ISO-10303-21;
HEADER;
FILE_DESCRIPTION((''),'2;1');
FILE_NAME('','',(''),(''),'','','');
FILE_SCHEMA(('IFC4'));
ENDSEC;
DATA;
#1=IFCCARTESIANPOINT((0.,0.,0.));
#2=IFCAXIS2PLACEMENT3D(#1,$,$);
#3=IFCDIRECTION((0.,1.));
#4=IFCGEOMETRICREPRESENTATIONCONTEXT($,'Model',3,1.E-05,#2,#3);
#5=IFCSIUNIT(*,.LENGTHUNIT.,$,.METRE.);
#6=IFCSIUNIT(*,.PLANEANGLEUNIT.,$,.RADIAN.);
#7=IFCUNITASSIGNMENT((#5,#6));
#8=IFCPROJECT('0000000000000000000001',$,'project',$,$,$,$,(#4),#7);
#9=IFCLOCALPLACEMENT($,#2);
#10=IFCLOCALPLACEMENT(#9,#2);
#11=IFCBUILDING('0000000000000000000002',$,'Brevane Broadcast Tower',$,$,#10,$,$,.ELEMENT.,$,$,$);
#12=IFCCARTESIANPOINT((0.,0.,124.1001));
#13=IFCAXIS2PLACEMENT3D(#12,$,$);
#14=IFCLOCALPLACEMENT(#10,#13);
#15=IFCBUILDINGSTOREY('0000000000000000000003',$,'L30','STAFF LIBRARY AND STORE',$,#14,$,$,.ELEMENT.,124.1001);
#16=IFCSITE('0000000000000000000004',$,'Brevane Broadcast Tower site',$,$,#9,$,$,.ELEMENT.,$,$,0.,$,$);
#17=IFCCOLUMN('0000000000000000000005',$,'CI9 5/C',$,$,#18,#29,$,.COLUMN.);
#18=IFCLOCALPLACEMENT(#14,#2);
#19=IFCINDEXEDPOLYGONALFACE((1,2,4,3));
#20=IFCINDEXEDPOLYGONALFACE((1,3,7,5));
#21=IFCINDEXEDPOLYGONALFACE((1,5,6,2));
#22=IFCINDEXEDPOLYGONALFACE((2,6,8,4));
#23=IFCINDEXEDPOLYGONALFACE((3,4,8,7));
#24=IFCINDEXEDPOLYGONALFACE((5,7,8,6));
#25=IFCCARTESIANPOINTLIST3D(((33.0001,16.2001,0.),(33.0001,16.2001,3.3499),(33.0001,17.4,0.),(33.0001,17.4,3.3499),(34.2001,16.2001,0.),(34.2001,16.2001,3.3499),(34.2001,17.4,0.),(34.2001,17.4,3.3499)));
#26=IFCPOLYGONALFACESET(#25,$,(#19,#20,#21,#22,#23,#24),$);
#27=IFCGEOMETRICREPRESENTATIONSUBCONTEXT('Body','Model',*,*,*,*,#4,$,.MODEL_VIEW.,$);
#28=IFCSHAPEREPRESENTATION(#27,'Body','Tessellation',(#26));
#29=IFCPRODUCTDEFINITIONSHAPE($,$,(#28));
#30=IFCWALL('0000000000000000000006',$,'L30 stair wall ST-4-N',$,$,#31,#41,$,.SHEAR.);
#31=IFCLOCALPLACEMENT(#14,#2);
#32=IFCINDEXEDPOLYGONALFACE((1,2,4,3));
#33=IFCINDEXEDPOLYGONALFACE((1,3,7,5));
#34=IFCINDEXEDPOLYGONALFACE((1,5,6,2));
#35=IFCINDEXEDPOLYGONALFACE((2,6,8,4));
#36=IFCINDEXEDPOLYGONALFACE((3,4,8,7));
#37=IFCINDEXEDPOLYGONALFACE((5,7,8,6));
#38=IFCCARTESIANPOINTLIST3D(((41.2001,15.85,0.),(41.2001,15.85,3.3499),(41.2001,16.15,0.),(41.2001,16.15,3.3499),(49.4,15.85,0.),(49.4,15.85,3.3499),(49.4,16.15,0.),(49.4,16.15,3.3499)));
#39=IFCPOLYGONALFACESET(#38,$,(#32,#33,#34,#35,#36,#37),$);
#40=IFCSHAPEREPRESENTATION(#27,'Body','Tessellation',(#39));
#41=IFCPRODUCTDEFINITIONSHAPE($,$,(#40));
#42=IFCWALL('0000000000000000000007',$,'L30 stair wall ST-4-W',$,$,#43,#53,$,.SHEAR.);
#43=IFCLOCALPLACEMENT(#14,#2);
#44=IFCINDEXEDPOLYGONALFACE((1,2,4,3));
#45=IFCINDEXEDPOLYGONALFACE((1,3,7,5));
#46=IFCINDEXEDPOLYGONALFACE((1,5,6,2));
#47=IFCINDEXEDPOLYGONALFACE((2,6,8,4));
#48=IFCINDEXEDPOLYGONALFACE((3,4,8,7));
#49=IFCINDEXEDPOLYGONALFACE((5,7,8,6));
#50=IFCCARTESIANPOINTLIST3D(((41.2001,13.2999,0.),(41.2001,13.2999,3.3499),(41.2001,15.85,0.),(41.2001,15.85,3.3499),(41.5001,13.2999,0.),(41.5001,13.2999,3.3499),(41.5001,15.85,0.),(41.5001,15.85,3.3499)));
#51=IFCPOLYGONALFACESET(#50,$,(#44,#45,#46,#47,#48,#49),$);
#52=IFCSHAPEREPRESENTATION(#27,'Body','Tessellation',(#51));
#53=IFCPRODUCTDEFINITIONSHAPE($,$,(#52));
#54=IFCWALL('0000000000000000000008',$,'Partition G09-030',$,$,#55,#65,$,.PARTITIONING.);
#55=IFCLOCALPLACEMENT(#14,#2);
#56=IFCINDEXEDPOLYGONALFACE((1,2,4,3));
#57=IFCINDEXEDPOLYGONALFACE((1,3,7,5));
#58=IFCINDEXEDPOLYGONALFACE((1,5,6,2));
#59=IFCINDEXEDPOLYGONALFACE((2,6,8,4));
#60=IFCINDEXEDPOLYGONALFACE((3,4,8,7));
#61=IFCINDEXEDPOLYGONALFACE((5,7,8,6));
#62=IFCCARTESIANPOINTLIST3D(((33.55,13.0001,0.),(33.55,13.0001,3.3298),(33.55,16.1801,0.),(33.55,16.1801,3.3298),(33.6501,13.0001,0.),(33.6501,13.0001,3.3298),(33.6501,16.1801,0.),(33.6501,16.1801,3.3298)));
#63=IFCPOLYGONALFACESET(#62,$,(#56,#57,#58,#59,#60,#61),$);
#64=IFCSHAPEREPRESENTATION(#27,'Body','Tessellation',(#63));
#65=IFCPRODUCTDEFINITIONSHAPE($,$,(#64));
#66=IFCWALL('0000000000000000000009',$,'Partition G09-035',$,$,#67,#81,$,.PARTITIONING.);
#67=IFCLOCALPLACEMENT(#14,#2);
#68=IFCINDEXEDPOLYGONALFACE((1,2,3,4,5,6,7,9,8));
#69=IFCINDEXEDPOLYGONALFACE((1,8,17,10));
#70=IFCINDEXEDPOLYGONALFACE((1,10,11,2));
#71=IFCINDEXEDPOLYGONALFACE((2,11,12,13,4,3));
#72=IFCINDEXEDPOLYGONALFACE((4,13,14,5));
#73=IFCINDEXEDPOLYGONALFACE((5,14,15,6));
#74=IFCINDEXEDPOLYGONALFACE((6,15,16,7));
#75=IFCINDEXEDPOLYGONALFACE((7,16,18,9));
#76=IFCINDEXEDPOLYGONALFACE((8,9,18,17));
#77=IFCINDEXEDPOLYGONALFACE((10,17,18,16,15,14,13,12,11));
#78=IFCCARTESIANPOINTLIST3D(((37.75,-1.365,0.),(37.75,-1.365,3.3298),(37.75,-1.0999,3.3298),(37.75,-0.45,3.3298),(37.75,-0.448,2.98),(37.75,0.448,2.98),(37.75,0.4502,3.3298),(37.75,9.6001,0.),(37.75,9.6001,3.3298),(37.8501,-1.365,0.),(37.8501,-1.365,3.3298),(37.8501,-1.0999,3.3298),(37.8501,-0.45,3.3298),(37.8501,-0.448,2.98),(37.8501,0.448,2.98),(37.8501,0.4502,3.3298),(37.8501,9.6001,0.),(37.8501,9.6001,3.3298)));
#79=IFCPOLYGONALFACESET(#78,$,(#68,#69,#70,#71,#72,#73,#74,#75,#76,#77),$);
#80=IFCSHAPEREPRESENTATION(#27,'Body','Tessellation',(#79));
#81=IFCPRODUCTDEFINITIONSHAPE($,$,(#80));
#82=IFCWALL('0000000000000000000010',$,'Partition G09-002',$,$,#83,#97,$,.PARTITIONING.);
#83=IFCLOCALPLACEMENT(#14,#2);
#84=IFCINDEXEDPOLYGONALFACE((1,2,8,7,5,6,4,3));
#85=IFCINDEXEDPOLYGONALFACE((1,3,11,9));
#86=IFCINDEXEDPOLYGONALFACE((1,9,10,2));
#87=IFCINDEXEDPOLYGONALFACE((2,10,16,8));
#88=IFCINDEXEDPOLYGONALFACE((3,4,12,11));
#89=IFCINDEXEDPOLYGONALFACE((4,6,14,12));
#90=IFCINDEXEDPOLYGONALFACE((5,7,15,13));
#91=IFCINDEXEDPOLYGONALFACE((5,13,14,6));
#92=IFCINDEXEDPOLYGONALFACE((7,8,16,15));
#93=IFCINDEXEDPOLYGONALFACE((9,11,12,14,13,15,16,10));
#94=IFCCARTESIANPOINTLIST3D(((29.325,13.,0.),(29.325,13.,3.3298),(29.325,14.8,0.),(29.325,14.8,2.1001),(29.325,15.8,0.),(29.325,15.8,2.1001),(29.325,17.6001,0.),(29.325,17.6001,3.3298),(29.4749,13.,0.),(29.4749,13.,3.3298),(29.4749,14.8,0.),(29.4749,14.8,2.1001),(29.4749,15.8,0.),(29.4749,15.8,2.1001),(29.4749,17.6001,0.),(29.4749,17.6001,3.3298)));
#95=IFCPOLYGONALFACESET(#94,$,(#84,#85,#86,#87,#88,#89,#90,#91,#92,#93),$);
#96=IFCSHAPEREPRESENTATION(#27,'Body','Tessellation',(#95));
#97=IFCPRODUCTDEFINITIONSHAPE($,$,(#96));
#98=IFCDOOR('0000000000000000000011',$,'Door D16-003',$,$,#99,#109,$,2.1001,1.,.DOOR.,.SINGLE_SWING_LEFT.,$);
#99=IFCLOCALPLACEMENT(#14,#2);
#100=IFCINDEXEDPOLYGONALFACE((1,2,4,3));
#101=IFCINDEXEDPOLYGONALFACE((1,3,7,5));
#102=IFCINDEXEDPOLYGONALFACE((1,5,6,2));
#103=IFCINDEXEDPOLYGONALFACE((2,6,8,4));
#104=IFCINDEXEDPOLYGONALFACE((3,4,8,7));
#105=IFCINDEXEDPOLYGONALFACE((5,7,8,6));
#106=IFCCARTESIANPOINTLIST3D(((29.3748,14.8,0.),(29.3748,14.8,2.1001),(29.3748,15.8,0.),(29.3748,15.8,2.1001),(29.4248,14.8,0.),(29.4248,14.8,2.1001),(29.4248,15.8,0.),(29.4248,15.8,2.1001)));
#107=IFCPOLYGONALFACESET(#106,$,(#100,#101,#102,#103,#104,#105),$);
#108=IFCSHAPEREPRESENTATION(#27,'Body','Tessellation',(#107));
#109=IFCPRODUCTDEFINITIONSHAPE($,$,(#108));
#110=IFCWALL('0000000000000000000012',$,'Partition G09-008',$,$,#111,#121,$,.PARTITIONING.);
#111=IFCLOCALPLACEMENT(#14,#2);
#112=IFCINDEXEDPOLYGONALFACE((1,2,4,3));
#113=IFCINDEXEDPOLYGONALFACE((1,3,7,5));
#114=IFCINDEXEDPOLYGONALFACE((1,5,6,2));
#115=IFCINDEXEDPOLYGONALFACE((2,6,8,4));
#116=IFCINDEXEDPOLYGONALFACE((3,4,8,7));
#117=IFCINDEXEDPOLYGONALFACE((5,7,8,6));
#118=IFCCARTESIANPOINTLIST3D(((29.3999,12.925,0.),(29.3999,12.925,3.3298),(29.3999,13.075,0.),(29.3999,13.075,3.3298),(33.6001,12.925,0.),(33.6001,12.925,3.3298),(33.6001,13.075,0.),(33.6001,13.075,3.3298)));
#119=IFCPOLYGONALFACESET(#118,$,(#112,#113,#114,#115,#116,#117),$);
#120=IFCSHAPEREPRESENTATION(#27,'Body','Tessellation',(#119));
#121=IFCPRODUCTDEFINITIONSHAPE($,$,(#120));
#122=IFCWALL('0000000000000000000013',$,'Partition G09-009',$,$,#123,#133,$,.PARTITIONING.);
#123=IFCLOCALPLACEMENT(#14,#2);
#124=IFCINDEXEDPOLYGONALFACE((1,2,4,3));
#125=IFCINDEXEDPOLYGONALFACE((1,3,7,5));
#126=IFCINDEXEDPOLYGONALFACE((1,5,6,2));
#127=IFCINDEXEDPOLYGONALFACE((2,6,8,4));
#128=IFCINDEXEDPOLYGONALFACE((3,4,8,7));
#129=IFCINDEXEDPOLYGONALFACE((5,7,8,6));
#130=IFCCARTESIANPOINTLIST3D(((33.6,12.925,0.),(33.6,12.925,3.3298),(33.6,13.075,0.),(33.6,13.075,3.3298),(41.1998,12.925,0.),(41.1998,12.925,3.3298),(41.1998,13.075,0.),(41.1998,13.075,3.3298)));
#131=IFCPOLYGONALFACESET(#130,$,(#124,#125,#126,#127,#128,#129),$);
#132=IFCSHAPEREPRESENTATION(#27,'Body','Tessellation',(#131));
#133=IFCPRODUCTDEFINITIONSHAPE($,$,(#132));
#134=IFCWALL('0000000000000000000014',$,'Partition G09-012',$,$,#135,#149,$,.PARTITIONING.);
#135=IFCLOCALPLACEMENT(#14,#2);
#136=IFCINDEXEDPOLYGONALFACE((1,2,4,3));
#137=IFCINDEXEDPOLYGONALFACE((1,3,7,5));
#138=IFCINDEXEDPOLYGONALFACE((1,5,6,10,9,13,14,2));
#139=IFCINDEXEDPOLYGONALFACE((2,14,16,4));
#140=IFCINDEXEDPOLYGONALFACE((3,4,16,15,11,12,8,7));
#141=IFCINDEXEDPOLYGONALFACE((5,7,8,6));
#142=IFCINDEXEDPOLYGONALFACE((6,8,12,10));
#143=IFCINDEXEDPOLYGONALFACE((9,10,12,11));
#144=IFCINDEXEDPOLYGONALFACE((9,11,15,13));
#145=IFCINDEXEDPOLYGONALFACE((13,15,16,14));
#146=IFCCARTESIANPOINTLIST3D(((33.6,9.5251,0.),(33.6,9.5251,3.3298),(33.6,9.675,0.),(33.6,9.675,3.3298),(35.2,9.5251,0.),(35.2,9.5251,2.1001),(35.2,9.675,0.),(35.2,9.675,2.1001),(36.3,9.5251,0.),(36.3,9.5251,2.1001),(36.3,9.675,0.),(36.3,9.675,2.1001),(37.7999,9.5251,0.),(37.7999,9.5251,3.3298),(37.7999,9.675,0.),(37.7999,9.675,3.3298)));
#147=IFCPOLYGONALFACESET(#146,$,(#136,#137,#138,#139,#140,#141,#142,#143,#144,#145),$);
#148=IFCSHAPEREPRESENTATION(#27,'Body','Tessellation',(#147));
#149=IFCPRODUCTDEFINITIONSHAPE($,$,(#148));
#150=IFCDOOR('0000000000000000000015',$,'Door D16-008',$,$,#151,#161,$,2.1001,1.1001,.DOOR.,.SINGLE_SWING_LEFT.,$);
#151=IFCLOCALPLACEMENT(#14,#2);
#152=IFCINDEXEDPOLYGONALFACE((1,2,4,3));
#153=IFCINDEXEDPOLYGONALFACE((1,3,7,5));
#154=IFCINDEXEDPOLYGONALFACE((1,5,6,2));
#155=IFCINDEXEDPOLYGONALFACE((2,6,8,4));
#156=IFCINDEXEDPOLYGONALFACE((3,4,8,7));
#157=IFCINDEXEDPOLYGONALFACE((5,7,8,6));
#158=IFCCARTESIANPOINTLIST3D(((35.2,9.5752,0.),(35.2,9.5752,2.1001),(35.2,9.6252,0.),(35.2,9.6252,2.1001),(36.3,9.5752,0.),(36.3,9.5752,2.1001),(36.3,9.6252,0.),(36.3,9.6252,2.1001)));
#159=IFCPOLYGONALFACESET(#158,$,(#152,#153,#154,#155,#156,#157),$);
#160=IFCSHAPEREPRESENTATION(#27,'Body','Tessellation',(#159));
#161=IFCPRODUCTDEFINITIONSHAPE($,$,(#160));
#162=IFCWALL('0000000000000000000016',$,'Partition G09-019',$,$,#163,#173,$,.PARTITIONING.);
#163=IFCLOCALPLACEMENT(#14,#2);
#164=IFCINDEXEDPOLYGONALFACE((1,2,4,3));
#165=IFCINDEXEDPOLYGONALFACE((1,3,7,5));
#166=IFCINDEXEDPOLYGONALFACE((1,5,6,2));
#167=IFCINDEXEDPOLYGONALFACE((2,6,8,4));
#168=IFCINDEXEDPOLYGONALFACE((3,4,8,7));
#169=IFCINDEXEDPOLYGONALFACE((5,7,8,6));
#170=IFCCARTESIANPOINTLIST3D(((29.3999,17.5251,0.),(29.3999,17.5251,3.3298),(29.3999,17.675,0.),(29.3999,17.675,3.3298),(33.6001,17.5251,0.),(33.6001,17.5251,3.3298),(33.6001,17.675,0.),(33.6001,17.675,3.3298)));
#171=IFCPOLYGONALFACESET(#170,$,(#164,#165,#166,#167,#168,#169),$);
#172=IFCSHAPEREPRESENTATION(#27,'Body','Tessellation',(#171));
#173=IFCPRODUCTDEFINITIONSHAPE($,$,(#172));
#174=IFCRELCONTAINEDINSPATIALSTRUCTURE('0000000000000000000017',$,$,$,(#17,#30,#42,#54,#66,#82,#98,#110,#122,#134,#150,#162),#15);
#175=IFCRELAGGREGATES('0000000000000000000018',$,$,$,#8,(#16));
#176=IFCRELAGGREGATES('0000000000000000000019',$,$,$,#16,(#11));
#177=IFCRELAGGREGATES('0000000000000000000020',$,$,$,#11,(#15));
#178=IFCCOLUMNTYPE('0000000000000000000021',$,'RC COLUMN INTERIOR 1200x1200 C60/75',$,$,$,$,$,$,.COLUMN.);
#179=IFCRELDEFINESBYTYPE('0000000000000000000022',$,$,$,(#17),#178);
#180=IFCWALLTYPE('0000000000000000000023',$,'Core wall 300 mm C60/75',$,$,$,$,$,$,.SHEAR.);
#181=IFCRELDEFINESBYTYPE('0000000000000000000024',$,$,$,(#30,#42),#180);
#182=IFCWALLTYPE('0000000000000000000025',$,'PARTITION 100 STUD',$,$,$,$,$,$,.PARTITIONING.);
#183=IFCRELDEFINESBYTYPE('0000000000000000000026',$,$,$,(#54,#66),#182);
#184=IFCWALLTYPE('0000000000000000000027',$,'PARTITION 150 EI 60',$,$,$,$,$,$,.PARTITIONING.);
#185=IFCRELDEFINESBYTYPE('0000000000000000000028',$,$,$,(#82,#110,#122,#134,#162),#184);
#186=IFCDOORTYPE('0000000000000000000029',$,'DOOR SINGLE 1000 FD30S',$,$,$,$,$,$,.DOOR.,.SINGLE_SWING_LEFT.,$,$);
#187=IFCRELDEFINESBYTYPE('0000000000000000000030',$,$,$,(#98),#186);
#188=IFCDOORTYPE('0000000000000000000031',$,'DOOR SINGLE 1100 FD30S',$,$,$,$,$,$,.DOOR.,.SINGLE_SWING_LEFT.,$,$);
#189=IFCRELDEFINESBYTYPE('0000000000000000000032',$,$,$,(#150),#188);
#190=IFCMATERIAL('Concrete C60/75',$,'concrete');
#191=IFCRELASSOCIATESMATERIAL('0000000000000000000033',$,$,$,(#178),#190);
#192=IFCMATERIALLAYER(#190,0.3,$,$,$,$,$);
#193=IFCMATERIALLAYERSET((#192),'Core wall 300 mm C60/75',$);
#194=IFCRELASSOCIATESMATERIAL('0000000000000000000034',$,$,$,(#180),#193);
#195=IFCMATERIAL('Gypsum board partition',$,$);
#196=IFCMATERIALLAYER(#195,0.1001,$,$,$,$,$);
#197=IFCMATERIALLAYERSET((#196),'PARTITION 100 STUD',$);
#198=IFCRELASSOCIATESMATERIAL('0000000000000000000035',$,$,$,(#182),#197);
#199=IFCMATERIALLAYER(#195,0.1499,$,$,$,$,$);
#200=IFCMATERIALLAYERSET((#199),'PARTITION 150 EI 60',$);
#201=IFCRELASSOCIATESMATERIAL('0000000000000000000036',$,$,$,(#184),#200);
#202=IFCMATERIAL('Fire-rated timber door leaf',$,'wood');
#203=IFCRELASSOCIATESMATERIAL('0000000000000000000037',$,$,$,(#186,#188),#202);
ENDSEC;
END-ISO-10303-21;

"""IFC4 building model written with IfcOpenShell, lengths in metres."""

from ifc_helpers import new_model, si_unit, direction, frame, frame_2d, origin, origin_2d, place, context, subcontext, project, spatial, polyline, rectangle, outline, extrude, material, layer, layer_set, material_profile, profile_set, type_object, element, fill, save


model = new_model("IFC4")

# Units and contexts
model_context = context("Model", 3, precision=1e-05, world=origin(), true_north=direction((0.0, 1.0)))
body_context = subcontext(model_context, "Body", "Model", "MODEL_VIEW")
ifc_project = project(units=[si_unit("LENGTHUNIT", "METRE"), si_unit("PLANEANGLEUNIT", "RADIAN")], contexts=[model_context])

# Site, building, storey
site_placement = place(None, origin())
site = spatial("IfcSite", under=ifc_project, at=site_placement, Name="Brevane Broadcast Tower site", CompositionType="ELEMENT", RefElevation=0.0)
building_placement = place(site_placement, origin())
building = spatial("IfcBuilding", under=site, at=building_placement, Name="Brevane Broadcast Tower", CompositionType="ELEMENT")
storey_placement = place(building_placement, frame((0.0, 0.0, 124.1001)))
storey = spatial("IfcBuildingStorey", under=building, at=storey_placement, Name="L30", Description="STAFF LIBRARY AND STORE", CompositionType="ELEMENT", Elevation=124.1001)

# Column
ifc_material_1 = material(Name="Concrete C60/75", Category="concrete")
ifc_material_profile = material_profile(ifc_material_1, rectangle(XDim=1.2, YDim=1.2, at=origin_2d()), Name="RC 1200x1200")
ifc_profile_set = profile_set([ifc_material_profile], Name="Concrete C60/75")
column_type = type_object("IfcColumnType", Name="RC COLUMN INTERIOR 1200x1200 C60/75", PredefinedType="COLUMN", material=ifc_profile_set)
column_placement = place(storey_placement, frame((33.6001, 16.8, 0.0), z_axis=(0.0, 0.0, 1.0), x_axis=(1.0, 0.0, 0.0)))
element("IfcColumn", 1, at=column_placement, inside=storey, type_object=column_type, Name="CI9 5/C", PredefinedType="COLUMN", context=body_context, shape_type="SweptSolid", body=[
    extrude(rectangle(XDim=1.2, YDim=1.2, at=origin_2d()), origin(), (0.0, 0.0, 1.0), 3.3499),
])

# Walls
ifc_layer_1 = layer(ifc_material_1, 0.3)
ifc_layer_set_1 = layer_set([ifc_layer_1], Name="Core wall 300 mm C60/75")
wall_type_1 = type_object("IfcWallType", Name="Core wall 300 mm C60/75", PredefinedType="SHEAR", material=ifc_layer_set_1)
wall_1_placement = place(storey_placement, frame((41.2, 16.0, 0.0), z_axis=(0.0, 0.0, 1.0), x_axis=(1.0, 0.0, 0.0)))
element("IfcWall", 2, at=wall_1_placement, inside=storey, type_object=wall_type_1, Name="L30 stair wall ST-4-N", PredefinedType="SHEAR", context=body_context, shape_type="SweptSolid", body=[
    extrude(rectangle(XDim=8.2, YDim=0.3, at=frame_2d((4.1001, 0.0))), origin(), (0.0, 0.0, 1.0), 3.3499),
])
wall_2_placement = place(storey_placement, frame((41.3501, 13.3, 0.0), z_axis=(0.0, 0.0, 1.0), x_axis=(0.0, 1.0, 0.0)))
element("IfcWall", 3, at=wall_2_placement, inside=storey, type_object=wall_type_1, Name="L30 stair wall ST-4-W", PredefinedType="SHEAR", context=body_context, shape_type="SweptSolid", body=[
    extrude(rectangle(XDim=2.55, YDim=0.3, at=frame_2d((1.2749, 0.0))), origin(), (0.0, 0.0, 1.0), 3.3499),
])
ifc_material_2 = material(Name="Gypsum board partition")
ifc_layer_2 = layer(ifc_material_2, 0.1001)
ifc_layer_set_2 = layer_set([ifc_layer_2], Name="PARTITION 100 STUD")
wall_type_2 = type_object("IfcWallType", Name="PARTITION 100 STUD", PredefinedType="PARTITIONING", material=ifc_layer_set_2)
wall_3_placement = place(storey_placement, frame((33.6001, 16.1799, 0.0), z_axis=(0.0, 0.0, 1.0), x_axis=(0.0, -1.0, 0.0)))
element("IfcWall", 4, at=wall_3_placement, inside=storey, type_object=wall_type_2, Name="Partition G09-030", PredefinedType="PARTITIONING", context=body_context, shape_type="SweptSolid", body=[
    extrude(rectangle(XDim=3.1799, YDim=0.1001, at=frame_2d((1.5898, 0.0))), origin(), (0.0, 0.0, 1.0), 3.3298),
])
wall_4_placement = place(storey_placement, frame((37.8, 9.6001, 0.0), z_axis=(0.0, 0.0, 1.0), x_axis=(0.0, -1.0, 0.0)))
element("IfcWall", 5, at=wall_4_placement, inside=storey, type_object=wall_type_2, Name="Partition G09-035", PredefinedType="PARTITIONING", context=body_context, shape_type="SweptSolid", body=[
    extrude(outline(polyline([(0.0, 0.0), (10.9651, 0.0), (10.9651, 3.3298), (10.7, 3.3298), (10.05, 3.3298), (10.0481, 2.98), (9.1521, 2.98), (9.1499, 3.3298), (0.0, 3.3298), (0.0, 0.0)])), frame((0.0, 0.05, 0.0), z_axis=(0.0, -1.0, 0.0), x_axis=(1.0, 0.0, 0.0)), (0.0, 0.0, 1.0), 0.1001),
])

# Wall, opening, door
ifc_layer_3 = layer(ifc_material_2, 0.1499)
ifc_layer_set_3 = layer_set([ifc_layer_3], Name="PARTITION 150 EI 60")
wall_type_3 = type_object("IfcWallType", Name="PARTITION 150 EI 60", PredefinedType="PARTITIONING", material=ifc_layer_set_3)
wall_5_placement = place(storey_placement, frame((29.3999, 17.6001, 0.0), z_axis=(0.0, 0.0, 1.0), x_axis=(0.0, -1.0, 0.0)))
wall_5 = element("IfcWall", 6, at=wall_5_placement, inside=storey, type_object=wall_type_3, Name="Partition G09-002", PredefinedType="PARTITIONING", context=body_context, shape_type="SweptSolid", body=[
    extrude(rectangle(XDim=4.6001, YDim=0.1499, at=frame_2d((2.3, 0.0))), origin(), (0.0, 0.0, 1.0), 3.3298),
])
opening_1_placement = place(wall_5_placement, frame((1.8, 0.0, 0.0)))
opening_1 = element("IfcOpeningElement", 7, at=opening_1_placement, cuts=wall_5, PredefinedType="OPENING", context=body_context, shape_type="SweptSolid", body=[
    extrude(rectangle(XDim=1.0, YDim=2.1001, at=frame_2d((0.5, 1.05))), frame((0.0, 0.085, 0.0), z_axis=(0.0, -1.0, 0.0), x_axis=(1.0, 0.0, 0.0)), (0.0, 0.0, 1.0), 0.1699),
])
ifc_material_3 = material(Name="Fire-rated timber door leaf", Category="wood")
door_type_1 = type_object("IfcDoorType", Name="DOOR SINGLE 1000 FD30S", OperationType="SINGLE_SWING_LEFT", PredefinedType="DOOR", material=ifc_material_3)
door_1_placement = place(opening_1_placement, origin())
door_1 = element("IfcDoor", 8, at=door_1_placement, inside=storey, type_object=door_type_1, Name="Door D16-003", OperationType="SINGLE_SWING_LEFT", OverallHeight=2.1001, OverallWidth=1.0, PredefinedType="DOOR", context=body_context, shape_type="SweptSolid", body=[
    extrude(rectangle(XDim=1.0, YDim=2.1001, at=frame_2d((0.5, 1.05))), frame((0.0, 0.0249, 0.0), z_axis=(0.0, -1.0, 0.0), x_axis=(1.0, 0.0, 0.0)), (0.0, 0.0, 1.0), 0.05),
])
fill(opening_1, door_1)

# Walls
wall_6_placement = place(storey_placement, frame((29.3999, 13.0, 0.0), z_axis=(0.0, 0.0, 1.0), x_axis=(1.0, 0.0, 0.0)))
element("IfcWall", 9, at=wall_6_placement, inside=storey, type_object=wall_type_3, Name="Partition G09-008", PredefinedType="PARTITIONING", context=body_context, shape_type="SweptSolid", body=[
    extrude(rectangle(XDim=4.2002, YDim=0.1499, at=frame_2d((2.1001, 0.0))), origin(), (0.0, 0.0, 1.0), 3.3298),
])
wall_7_placement = place(storey_placement, frame((33.6001, 13.0, 0.0), z_axis=(0.0, 0.0, 1.0), x_axis=(1.0, 0.0, 0.0)))
element("IfcWall", 10, at=wall_7_placement, inside=storey, type_object=wall_type_3, Name="Partition G09-009", PredefinedType="PARTITIONING", context=body_context, shape_type="SweptSolid", body=[
    extrude(rectangle(XDim=7.5999, YDim=0.1499, at=frame_2d((3.7998, 0.0))), origin(), (0.0, 0.0, 1.0), 3.3298),
])

# Wall, opening, door
wall_8_placement = place(storey_placement, frame((37.8, 9.6001, 0.0), z_axis=(0.0, 0.0, 1.0), x_axis=(-1.0, 0.0, 0.0)))
wall_8 = element("IfcWall", 11, at=wall_8_placement, inside=storey, type_object=wall_type_3, Name="Partition G09-012", PredefinedType="PARTITIONING", context=body_context, shape_type="SweptSolid", body=[
    extrude(rectangle(XDim=4.2, YDim=0.1499, at=frame_2d((2.1001, 0.0))), origin(), (0.0, 0.0, 1.0), 3.3298),
])
opening_2_placement = place(wall_8_placement, frame((1.5, 0.0, 0.0)))
opening_2 = element("IfcOpeningElement", 12, at=opening_2_placement, cuts=wall_8, PredefinedType="OPENING", context=body_context, shape_type="SweptSolid", body=[
    extrude(rectangle(XDim=1.1001, YDim=2.1001, at=frame_2d((0.55, 1.05))), frame((0.0, 0.085, 0.0), z_axis=(0.0, -1.0, 0.0), x_axis=(1.0, 0.0, 0.0)), (0.0, 0.0, 1.0), 0.1699),
])
door_type_2 = type_object("IfcDoorType", Name="DOOR SINGLE 1100 FD30S", OperationType="SINGLE_SWING_LEFT", PredefinedType="DOOR", material=ifc_material_3)
door_2_placement = place(opening_2_placement, origin())
door_2 = element("IfcDoor", 13, at=door_2_placement, inside=storey, type_object=door_type_2, Name="Door D16-008", OperationType="SINGLE_SWING_LEFT", OverallHeight=2.1001, OverallWidth=1.1001, PredefinedType="DOOR", context=body_context, shape_type="SweptSolid", body=[
    extrude(rectangle(XDim=1.1001, YDim=2.1001, at=frame_2d((0.55, 1.05))), frame((0.0, 0.0249, 0.0), z_axis=(0.0, -1.0, 0.0), x_axis=(1.0, 0.0, 0.0)), (0.0, 0.0, 1.0), 0.05),
])
fill(opening_2, door_2)

# Wall
wall_9_placement = place(storey_placement, frame((33.6001, 17.6001, 0.0), z_axis=(0.0, 0.0, 1.0), x_axis=(-1.0, 0.0, 0.0)))
element("IfcWall", 14, at=wall_9_placement, inside=storey, type_object=wall_type_3, Name="Partition G09-019", PredefinedType="PARTITIONING", context=body_context, shape_type="SweptSolid", body=[
    extrude(rectangle(XDim=4.2002, YDim=0.1499, at=frame_2d((2.1001, 0.0))), origin(), (0.0, 0.0, 1.0), 3.3298),
])

save(model, "model.ifc")
